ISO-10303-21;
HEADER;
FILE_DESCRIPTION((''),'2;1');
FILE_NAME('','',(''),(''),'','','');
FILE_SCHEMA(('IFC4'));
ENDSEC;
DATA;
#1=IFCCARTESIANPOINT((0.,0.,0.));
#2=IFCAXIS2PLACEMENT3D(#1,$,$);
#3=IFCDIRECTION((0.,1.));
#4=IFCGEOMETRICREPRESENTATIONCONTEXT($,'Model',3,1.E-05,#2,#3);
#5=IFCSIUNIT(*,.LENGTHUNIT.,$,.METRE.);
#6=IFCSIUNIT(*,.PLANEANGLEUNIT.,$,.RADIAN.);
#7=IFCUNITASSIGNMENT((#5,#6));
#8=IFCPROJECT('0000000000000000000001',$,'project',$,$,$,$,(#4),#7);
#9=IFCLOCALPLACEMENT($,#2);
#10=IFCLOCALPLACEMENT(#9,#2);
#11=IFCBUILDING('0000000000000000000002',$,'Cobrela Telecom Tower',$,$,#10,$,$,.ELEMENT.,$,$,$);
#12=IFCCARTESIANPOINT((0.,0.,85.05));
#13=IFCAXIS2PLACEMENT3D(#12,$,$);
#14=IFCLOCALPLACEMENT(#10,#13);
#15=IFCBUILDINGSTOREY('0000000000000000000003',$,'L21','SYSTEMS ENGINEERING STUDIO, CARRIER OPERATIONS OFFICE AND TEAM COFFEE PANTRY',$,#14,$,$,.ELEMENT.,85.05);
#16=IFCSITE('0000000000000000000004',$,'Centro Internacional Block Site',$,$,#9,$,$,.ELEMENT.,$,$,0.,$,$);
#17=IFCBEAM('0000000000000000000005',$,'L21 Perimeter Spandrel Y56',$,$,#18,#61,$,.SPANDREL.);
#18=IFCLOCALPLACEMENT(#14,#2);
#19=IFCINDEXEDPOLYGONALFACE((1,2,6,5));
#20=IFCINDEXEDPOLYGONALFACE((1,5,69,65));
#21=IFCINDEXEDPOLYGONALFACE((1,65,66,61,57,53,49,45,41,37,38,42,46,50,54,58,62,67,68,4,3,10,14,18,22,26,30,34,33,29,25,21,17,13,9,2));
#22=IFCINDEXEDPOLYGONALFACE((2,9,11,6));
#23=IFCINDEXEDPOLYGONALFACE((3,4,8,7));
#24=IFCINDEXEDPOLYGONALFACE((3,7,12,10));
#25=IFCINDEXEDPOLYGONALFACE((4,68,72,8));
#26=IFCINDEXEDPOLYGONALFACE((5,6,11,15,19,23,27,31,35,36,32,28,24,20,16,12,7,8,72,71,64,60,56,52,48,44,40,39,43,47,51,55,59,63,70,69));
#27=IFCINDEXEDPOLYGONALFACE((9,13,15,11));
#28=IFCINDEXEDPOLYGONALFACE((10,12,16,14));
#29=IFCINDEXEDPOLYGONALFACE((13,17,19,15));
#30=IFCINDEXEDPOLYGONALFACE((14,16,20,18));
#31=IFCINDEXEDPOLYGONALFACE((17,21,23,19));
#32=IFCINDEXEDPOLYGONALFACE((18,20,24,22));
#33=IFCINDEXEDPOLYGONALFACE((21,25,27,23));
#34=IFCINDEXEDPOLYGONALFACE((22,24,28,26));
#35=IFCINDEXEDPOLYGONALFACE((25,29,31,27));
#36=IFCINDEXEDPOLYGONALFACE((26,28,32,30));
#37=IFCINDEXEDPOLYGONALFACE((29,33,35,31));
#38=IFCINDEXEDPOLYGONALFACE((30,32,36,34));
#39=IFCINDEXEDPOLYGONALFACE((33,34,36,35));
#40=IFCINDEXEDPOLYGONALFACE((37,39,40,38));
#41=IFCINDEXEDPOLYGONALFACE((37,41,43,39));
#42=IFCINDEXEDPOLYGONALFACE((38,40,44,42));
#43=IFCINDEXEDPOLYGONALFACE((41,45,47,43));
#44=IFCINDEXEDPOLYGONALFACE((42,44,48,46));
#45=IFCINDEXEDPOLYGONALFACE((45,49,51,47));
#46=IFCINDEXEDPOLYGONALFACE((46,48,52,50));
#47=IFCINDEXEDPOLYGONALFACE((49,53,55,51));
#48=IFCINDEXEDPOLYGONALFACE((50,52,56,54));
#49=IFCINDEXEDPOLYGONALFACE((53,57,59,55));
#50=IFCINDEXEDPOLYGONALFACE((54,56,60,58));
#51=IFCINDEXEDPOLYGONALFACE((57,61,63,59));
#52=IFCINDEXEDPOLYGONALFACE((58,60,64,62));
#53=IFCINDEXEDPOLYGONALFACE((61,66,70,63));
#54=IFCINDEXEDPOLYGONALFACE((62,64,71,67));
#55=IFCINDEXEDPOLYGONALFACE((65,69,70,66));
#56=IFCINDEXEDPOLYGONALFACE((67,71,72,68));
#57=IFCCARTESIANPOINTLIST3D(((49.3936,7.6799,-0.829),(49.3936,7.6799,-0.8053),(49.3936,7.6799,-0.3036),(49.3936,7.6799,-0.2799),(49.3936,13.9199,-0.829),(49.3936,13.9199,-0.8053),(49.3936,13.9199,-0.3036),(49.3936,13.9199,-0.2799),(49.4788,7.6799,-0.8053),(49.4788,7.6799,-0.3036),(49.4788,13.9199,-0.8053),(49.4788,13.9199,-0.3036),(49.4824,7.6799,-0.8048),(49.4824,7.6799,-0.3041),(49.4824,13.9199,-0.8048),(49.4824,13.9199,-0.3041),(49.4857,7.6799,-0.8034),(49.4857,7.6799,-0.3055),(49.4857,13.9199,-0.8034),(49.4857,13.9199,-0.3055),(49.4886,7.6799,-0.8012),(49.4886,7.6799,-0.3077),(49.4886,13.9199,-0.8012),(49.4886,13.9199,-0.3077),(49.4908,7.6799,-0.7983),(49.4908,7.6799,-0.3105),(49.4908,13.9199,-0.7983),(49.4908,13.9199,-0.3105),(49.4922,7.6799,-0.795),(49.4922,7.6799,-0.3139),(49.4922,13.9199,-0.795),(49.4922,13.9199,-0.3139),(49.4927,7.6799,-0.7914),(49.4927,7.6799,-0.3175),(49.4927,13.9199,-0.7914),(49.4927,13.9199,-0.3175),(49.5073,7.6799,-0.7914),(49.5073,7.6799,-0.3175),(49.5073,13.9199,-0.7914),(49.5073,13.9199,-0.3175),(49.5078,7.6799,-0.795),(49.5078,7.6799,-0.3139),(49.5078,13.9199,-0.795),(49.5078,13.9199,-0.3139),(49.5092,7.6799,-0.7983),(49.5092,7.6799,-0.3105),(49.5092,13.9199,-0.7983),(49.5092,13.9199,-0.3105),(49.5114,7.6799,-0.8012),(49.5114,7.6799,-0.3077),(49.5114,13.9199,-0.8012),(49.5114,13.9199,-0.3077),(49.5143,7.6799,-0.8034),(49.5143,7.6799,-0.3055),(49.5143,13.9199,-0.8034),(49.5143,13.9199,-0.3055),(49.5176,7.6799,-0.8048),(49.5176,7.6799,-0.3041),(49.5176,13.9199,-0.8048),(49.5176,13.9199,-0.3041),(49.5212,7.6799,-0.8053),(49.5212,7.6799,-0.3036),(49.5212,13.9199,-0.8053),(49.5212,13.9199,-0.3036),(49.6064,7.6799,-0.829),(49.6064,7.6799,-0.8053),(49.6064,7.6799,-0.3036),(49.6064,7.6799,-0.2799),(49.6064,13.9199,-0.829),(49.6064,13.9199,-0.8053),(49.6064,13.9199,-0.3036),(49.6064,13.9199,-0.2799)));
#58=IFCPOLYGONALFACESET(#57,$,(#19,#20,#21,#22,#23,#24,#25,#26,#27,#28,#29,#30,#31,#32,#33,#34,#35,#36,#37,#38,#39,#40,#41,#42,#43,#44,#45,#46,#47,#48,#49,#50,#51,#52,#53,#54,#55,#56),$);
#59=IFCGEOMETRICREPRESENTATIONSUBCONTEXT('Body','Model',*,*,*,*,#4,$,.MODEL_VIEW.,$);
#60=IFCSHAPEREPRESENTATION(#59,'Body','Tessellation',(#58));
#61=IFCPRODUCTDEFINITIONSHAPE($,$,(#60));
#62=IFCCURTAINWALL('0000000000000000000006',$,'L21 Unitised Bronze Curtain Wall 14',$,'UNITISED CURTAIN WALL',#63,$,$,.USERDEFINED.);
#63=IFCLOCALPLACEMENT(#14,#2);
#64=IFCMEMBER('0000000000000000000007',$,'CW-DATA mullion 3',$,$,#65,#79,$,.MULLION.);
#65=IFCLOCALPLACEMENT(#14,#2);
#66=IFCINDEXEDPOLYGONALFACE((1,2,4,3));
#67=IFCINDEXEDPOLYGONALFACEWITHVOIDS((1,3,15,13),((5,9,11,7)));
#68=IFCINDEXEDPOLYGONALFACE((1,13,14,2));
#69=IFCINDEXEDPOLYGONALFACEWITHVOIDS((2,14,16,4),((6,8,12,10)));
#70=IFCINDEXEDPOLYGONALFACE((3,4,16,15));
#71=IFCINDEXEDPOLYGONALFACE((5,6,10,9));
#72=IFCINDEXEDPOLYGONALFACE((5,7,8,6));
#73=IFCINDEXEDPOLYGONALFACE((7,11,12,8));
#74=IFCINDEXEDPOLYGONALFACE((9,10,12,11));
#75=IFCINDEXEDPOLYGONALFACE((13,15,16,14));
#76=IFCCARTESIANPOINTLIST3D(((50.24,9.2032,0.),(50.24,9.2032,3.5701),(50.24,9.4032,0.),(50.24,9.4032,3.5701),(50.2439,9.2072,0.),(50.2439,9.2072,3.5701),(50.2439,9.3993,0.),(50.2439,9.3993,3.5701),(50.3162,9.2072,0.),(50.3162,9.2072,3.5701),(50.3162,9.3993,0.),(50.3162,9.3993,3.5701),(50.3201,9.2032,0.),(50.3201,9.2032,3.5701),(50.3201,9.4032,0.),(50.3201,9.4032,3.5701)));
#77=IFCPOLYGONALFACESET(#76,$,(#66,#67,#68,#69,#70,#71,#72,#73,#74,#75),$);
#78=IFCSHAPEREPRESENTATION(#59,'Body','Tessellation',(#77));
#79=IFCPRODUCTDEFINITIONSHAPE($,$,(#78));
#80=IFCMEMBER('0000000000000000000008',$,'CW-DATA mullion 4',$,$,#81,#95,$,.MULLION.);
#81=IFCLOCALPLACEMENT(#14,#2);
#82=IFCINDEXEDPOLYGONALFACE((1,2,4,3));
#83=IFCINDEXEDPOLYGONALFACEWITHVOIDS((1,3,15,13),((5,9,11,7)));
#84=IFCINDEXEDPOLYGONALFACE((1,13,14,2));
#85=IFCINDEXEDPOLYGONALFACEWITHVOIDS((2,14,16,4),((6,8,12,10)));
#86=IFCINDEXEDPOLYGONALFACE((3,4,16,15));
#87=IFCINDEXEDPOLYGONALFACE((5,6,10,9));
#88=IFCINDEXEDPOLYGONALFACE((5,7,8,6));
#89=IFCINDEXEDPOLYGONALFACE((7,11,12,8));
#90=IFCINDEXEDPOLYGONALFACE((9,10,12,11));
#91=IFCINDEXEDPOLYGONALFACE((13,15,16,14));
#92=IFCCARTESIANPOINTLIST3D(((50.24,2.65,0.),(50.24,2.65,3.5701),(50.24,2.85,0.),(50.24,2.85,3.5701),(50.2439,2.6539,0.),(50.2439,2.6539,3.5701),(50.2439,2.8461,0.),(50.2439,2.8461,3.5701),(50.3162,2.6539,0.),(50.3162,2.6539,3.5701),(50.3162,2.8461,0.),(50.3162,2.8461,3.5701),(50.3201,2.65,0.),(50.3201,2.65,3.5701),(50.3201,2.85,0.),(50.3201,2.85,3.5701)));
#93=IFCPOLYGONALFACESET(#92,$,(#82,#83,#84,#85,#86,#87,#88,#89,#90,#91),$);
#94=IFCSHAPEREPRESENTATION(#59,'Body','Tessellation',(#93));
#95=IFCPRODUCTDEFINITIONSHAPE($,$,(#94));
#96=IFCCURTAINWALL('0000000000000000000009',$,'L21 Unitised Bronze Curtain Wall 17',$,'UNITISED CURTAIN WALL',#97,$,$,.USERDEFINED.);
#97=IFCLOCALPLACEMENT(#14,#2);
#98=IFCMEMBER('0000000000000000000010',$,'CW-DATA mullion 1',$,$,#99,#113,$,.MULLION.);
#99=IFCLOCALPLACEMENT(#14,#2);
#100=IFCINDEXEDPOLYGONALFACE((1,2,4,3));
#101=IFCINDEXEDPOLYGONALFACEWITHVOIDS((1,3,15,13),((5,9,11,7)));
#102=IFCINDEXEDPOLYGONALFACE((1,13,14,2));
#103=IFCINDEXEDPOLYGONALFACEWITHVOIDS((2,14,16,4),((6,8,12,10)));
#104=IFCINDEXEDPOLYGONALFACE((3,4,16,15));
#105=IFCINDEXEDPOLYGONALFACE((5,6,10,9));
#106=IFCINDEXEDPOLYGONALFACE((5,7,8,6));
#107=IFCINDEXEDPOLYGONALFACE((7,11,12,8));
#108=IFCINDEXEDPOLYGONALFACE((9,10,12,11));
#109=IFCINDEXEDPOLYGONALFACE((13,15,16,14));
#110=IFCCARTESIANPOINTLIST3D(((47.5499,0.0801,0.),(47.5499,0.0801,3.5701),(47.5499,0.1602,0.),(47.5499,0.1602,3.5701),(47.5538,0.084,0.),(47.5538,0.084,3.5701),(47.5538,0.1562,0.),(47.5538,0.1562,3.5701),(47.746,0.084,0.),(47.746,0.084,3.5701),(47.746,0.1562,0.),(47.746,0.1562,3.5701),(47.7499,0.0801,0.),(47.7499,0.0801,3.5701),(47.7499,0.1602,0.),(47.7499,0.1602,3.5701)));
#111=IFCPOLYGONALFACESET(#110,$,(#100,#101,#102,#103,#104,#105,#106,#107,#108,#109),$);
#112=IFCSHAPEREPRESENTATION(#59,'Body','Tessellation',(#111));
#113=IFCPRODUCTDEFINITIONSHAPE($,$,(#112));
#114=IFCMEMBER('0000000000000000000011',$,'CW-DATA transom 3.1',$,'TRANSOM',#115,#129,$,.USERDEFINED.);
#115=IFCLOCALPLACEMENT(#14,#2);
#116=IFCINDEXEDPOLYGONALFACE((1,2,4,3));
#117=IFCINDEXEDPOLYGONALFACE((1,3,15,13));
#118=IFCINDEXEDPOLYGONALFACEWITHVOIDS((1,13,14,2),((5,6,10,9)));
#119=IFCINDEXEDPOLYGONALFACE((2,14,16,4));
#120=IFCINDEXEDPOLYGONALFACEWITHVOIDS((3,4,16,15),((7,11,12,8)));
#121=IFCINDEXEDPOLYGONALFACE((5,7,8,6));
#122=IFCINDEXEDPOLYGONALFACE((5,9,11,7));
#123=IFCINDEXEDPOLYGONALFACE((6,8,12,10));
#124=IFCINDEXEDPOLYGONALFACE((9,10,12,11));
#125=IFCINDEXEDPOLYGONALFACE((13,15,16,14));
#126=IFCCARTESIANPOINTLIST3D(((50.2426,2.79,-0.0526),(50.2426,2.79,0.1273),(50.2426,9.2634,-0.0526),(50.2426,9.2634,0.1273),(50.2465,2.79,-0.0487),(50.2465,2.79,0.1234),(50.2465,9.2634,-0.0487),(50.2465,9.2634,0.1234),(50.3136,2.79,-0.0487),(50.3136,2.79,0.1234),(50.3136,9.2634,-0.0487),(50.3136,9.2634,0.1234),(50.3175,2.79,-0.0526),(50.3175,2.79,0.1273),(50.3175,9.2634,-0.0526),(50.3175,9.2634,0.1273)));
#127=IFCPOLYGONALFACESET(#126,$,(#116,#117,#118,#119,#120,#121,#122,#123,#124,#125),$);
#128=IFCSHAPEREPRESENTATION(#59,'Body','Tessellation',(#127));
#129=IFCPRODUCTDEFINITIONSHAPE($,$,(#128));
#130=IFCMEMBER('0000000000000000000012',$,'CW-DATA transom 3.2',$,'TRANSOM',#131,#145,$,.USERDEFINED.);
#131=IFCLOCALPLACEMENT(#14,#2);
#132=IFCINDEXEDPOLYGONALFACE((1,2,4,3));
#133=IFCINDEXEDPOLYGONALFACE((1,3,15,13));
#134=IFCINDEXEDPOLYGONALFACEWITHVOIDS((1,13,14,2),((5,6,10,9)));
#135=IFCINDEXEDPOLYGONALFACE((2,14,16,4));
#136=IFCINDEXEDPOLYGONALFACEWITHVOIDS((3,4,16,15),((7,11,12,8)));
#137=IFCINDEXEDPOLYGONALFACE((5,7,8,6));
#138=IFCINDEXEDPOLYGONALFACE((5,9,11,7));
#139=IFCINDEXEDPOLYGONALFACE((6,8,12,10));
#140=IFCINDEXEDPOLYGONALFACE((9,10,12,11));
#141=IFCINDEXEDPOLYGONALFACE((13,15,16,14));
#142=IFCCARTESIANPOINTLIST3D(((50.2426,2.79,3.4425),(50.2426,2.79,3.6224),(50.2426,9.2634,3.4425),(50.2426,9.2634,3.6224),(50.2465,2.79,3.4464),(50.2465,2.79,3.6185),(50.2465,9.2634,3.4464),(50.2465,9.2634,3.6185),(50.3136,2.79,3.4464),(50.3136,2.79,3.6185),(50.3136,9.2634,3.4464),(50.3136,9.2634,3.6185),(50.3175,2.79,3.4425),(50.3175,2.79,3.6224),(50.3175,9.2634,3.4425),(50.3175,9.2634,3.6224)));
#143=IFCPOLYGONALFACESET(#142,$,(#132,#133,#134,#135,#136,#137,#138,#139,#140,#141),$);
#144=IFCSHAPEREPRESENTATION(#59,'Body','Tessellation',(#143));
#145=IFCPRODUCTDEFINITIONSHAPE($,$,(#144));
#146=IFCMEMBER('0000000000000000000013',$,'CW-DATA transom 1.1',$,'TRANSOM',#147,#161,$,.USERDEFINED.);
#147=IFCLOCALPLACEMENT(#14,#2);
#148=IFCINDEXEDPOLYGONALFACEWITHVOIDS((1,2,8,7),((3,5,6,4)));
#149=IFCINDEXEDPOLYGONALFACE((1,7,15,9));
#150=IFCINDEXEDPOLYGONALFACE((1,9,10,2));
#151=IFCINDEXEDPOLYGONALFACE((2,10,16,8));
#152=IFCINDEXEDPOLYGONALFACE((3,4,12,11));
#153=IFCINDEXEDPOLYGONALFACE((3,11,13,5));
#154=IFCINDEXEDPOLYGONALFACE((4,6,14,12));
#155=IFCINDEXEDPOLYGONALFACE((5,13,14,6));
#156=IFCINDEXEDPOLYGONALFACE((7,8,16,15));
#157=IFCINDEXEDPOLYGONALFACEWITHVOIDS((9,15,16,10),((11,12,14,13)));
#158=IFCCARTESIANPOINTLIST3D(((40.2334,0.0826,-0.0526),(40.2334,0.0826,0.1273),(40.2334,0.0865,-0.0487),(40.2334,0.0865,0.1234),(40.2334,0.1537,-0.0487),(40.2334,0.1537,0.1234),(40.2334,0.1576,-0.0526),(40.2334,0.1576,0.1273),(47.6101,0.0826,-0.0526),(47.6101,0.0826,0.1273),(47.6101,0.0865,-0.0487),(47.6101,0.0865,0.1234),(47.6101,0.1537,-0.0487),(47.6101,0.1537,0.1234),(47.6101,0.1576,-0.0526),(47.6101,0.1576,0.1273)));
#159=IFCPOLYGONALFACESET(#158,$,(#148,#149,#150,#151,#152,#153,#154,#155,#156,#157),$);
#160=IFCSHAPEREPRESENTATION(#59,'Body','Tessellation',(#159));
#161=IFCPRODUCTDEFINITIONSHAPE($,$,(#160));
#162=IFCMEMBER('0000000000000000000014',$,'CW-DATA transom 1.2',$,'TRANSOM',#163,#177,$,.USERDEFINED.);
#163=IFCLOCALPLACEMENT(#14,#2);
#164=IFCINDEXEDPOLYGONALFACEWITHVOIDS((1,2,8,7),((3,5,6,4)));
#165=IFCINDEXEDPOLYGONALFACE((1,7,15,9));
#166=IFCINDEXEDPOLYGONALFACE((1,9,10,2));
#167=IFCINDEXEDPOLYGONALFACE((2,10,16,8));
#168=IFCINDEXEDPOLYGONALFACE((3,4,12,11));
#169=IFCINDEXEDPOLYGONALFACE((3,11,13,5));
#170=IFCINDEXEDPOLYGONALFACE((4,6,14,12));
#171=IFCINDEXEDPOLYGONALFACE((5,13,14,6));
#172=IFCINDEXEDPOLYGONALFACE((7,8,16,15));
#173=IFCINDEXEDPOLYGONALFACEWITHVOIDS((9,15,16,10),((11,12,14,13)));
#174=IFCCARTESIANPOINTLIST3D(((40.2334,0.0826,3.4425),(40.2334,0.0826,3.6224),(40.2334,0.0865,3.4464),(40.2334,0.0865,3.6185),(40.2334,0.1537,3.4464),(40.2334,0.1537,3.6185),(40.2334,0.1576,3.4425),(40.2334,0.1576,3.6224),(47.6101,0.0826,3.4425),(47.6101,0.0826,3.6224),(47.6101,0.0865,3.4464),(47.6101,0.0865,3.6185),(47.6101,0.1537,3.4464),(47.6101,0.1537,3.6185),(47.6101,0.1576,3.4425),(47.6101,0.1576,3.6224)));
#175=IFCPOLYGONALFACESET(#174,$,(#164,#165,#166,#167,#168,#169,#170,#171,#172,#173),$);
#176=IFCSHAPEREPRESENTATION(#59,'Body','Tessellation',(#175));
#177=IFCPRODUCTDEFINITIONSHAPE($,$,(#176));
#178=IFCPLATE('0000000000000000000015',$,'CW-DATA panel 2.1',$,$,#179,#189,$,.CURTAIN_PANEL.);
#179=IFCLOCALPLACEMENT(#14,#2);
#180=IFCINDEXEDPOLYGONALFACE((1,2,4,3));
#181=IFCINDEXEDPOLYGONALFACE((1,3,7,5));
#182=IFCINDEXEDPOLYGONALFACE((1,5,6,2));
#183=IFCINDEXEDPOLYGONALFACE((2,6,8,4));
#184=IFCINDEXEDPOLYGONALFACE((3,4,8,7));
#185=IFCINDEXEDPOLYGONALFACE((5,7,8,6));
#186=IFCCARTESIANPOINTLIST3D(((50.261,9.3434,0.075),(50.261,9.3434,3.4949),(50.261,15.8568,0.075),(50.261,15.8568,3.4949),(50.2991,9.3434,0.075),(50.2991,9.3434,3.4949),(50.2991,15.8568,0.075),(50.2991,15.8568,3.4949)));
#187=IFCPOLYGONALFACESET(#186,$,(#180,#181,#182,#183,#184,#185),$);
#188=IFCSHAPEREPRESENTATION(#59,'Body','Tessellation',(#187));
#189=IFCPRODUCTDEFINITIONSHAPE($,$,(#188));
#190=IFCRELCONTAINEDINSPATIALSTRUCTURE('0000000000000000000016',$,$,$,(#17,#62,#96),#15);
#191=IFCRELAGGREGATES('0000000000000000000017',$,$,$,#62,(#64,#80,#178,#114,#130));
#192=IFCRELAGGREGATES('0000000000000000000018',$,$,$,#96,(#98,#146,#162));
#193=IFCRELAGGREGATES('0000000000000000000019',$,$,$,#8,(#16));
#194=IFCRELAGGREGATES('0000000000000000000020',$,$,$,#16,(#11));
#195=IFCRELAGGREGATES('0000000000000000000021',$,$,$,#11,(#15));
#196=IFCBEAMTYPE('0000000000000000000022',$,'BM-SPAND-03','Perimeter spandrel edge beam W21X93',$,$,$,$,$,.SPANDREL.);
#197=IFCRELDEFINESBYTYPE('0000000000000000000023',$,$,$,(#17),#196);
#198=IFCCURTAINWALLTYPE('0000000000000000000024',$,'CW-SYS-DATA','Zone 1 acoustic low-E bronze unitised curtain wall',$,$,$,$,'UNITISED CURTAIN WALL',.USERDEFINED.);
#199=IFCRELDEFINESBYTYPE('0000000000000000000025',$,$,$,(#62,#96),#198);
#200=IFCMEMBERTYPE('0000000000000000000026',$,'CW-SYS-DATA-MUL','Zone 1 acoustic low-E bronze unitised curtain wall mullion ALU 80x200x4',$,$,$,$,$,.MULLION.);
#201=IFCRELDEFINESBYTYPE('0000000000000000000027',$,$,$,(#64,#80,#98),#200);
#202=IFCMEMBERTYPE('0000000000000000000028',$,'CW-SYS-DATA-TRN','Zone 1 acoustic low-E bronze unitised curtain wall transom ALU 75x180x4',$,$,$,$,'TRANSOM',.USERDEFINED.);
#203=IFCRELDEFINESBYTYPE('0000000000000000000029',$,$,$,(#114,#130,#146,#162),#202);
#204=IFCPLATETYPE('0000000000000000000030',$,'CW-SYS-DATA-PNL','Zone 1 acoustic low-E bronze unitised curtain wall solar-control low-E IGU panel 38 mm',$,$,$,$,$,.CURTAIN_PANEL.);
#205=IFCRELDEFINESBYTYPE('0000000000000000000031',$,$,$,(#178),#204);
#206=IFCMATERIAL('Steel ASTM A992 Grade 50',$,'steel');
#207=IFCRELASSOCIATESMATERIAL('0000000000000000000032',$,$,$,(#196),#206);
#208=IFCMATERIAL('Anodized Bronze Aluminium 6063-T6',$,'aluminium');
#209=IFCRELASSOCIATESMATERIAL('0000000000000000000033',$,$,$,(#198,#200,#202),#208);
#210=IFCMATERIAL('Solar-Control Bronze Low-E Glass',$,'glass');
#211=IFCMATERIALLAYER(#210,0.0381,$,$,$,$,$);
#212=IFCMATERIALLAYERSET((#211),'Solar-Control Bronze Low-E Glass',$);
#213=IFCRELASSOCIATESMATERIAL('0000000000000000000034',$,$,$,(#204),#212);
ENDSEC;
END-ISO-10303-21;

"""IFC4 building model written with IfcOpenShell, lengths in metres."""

from ifc_helpers import new_model, si_unit, direction, frame, origin, origin_2d, place, context, subcontext, project, spatial, rectangle, hollow_rectangle, i_section, extrude, material, layer, layer_set, material_profile, profile_set, type_object, element, aggregate, save


model = new_model("IFC4")

# Units and contexts
model_context = context("Model", 3, precision=1e-05, world=origin(), true_north=direction((0.0, 1.0)))
body_context = subcontext(model_context, "Body", "Model", "MODEL_VIEW")
ifc_project = project(units=[si_unit("LENGTHUNIT", "METRE"), si_unit("PLANEANGLEUNIT", "RADIAN")], contexts=[model_context])

# Site, building, storey
site_placement = place(None, origin())
site = spatial("IfcSite", under=ifc_project, at=site_placement, Name="Centro Internacional Block Site", CompositionType="ELEMENT", RefElevation=0.0)
building_placement = place(site_placement, origin())
building = spatial("IfcBuilding", under=site, at=building_placement, Name="Cobrela Telecom Tower", CompositionType="ELEMENT")
storey_placement = place(building_placement, frame((0.0, 0.0, 85.05)))
storey = spatial("IfcBuildingStorey", under=building, at=storey_placement, Name="L21", Description="SYSTEMS ENGINEERING STUDIO, CARRIER OPERATIONS OFFICE AND TEAM COFFEE PANTRY", CompositionType="ELEMENT", Elevation=85.05)

# Shared definitions
ifc_material_1 = material(Name="Steel ASTM A992 Grade 50", Category="steel")

# Beam
ifc_material_profile_1 = material_profile(ifc_material_1, i_section(OverallWidth=0.2129, OverallDepth=0.5491, WebThickness=0.0146, FlangeThickness=0.0237, FilletRadius=0.0139, at=origin_2d()), Name="W21X93")
ifc_profile_set_1 = profile_set([ifc_material_profile_1], Name="Steel ASTM A992 Grade 50")
beam_type_1 = type_object("IfcBeamType", Name="BM-SPAND-03", Description="Perimeter spandrel edge beam W21X93", PredefinedType="SPANDREL", material=ifc_profile_set_1)
beam_1_placement = place(storey_placement, frame((49.5, 7.6799, -0.5544), z_axis=(0.0, 1.0, 0.0), x_axis=(-1.0, 0.0, 0.0)))
element("IfcBeam", 1, at=beam_1_placement, inside=storey, type_object=beam_type_1, Name="L21 Perimeter Spandrel Y56", PredefinedType="SPANDREL", context=body_context, shape_type="SweptSolid", body=[
    extrude(i_section(OverallWidth=0.2129, OverallDepth=0.5491, WebThickness=0.0146, FlangeThickness=0.0237, FilletRadius=0.0139, at=origin_2d()), origin(), (0.0, 0.0, 1.0), 6.24),
])

# Curtain wall, members
ifc_material_2 = material(Name="Anodized Bronze Aluminium 6063-T6", Category="aluminium")
curtain_wall_type = type_object("IfcCurtainWallType", Name="CW-SYS-DATA", Description="Zone 1 acoustic low-E bronze unitised curtain wall", ElementType="UNITISED CURTAIN WALL", PredefinedType="USERDEFINED", material=ifc_material_2)
curtain_wall_1_placement = place(storey_placement, origin())
curtain_wall_1 = element("IfcCurtainWall", 2, at=curtain_wall_1_placement, inside=storey, type_object=curtain_wall_type, Name="L21 Unitised Bronze Curtain Wall 14", ObjectType="UNITISED CURTAIN WALL", PredefinedType="USERDEFINED")
ifc_material_profile_2 = material_profile(ifc_material_2, hollow_rectangle(XDim=0.0801, YDim=0.2, WallThickness=0.0039, at=origin_2d()), Name="ALU 80x200x4")
ifc_profile_set_2 = profile_set([ifc_material_profile_2], Name="Anodized Bronze Aluminium 6063-T6")
member_type_1 = type_object("IfcMemberType", Name="CW-SYS-DATA-MUL", Description="Zone 1 acoustic low-E bronze unitised curtain wall mullion ALU 80x200x4", PredefinedType="MULLION", material=ifc_profile_set_2)
member_1_placement = place(storey_placement, frame((50.28, 9.3032, 0.0), z_axis=(0.0, 0.0, 1.0), x_axis=(1.0, 0.0, 0.0)))
member_1 = element("IfcMember", 3, at=member_1_placement, type_object=member_type_1, Name="CW-DATA mullion 3", PredefinedType="MULLION", context=body_context, shape_type="SweptSolid", body=[
    extrude(hollow_rectangle(XDim=0.0801, YDim=0.2, WallThickness=0.0039, at=origin_2d()), origin(), (0.0, 0.0, 1.0), 3.5701),
])
member_2_placement = place(storey_placement, frame((50.28, 2.75, 0.0), z_axis=(0.0, 0.0, 1.0), x_axis=(1.0, 0.0, 0.0)))
member_2 = element("IfcMember", 4, at=member_2_placement, type_object=member_type_1, Name="CW-DATA mullion 4", PredefinedType="MULLION", context=body_context, shape_type="SweptSolid", body=[
    extrude(hollow_rectangle(XDim=0.0801, YDim=0.2, WallThickness=0.0039, at=origin_2d()), origin(), (0.0, 0.0, 1.0), 3.5701),
])

# Curtain wall, member
curtain_wall_2_placement = place(storey_placement, origin())
curtain_wall_2 = element("IfcCurtainWall", 5, at=curtain_wall_2_placement, inside=storey, type_object=curtain_wall_type, Name="L21 Unitised Bronze Curtain Wall 17", ObjectType="UNITISED CURTAIN WALL", PredefinedType="USERDEFINED")
member_3_placement = place(storey_placement, frame((47.6499, 0.1201, 0.0), z_axis=(0.0, 0.0, 1.0), x_axis=(0.0, -1.0, 0.0)))
member_3 = element("IfcMember", 6, at=member_3_placement, type_object=member_type_1, Name="CW-DATA mullion 1", PredefinedType="MULLION", context=body_context, shape_type="SweptSolid", body=[
    extrude(hollow_rectangle(XDim=0.0801, YDim=0.2, WallThickness=0.0039, at=origin_2d()), origin(), (0.0, 0.0, 1.0), 3.5701),
])

# Members
ifc_material_profile_3 = material_profile(ifc_material_2, hollow_rectangle(XDim=0.075, YDim=0.1799, WallThickness=0.0039, at=origin_2d()), Name="ALU 75x180x4")
ifc_profile_set_3 = profile_set([ifc_material_profile_3], Name="Anodized Bronze Aluminium 6063-T6")
member_type_2 = type_object("IfcMemberType", Name="CW-SYS-DATA-TRN", Description="Zone 1 acoustic low-E bronze unitised curtain wall transom ALU 75x180x4", ElementType="TRANSOM", PredefinedType="USERDEFINED", material=ifc_profile_set_3)
member_4_placement = place(storey_placement, frame((50.28, 9.2634, 0.0374), z_axis=(0.0, -1.0, 0.0), x_axis=(1.0, 0.0, 0.0)))
member_4 = element("IfcMember", 7, at=member_4_placement, type_object=member_type_2, Name="CW-DATA transom 3.1", ObjectType="TRANSOM", PredefinedType="USERDEFINED", context=body_context, shape_type="SweptSolid", body=[
    extrude(hollow_rectangle(XDim=0.075, YDim=0.1799, WallThickness=0.0039, at=origin_2d()), origin(), (0.0, 0.0, 1.0), 6.4734),
])
member_5_placement = place(storey_placement, frame((50.28, 9.2634, 3.5325), z_axis=(0.0, -1.0, 0.0), x_axis=(1.0, 0.0, 0.0)))
member_5 = element("IfcMember", 8, at=member_5_placement, type_object=member_type_2, Name="CW-DATA transom 3.2", ObjectType="TRANSOM", PredefinedType="USERDEFINED", context=body_context, shape_type="SweptSolid", body=[
    extrude(hollow_rectangle(XDim=0.075, YDim=0.1799, WallThickness=0.0039, at=origin_2d()), origin(), (0.0, 0.0, 1.0), 6.4734),
])
member_6_placement = place(storey_placement, frame((47.6101, 0.1201, 0.0374), z_axis=(-1.0, 0.0, 0.0), x_axis=(0.0, -1.0, 0.0)))
member_6 = element("IfcMember", 9, at=member_6_placement, type_object=member_type_2, Name="CW-DATA transom 1.1", ObjectType="TRANSOM", PredefinedType="USERDEFINED", context=body_context, shape_type="SweptSolid", body=[
    extrude(hollow_rectangle(XDim=0.075, YDim=0.1799, WallThickness=0.0039, at=origin_2d()), origin(), (0.0, 0.0, 1.0), 7.3767),
])
member_7_placement = place(storey_placement, frame((47.6101, 0.1201, 3.5325), z_axis=(-1.0, 0.0, 0.0), x_axis=(0.0, -1.0, 0.0)))
member_7 = element("IfcMember", 10, at=member_7_placement, type_object=member_type_2, Name="CW-DATA transom 1.2", ObjectType="TRANSOM", PredefinedType="USERDEFINED", context=body_context, shape_type="SweptSolid", body=[
    extrude(hollow_rectangle(XDim=0.075, YDim=0.1799, WallThickness=0.0039, at=origin_2d()), origin(), (0.0, 0.0, 1.0), 7.3767),
])

# Plate
ifc_material_3 = material(Name="Solar-Control Bronze Low-E Glass", Category="glass")
ifc_layer_1 = layer(ifc_material_3, 0.0381)
ifc_layer_set_1 = layer_set([ifc_layer_1], Name="Solar-Control Bronze Low-E Glass")
plate_type = type_object("IfcPlateType", Name="CW-SYS-DATA-PNL", Description="Zone 1 acoustic low-E bronze unitised curtain wall solar-control low-E IGU panel 38 mm", PredefinedType="CURTAIN_PANEL", material=ifc_layer_set_1)
plate_1_placement = place(storey_placement, frame((50.28, 12.6001, 0.075), z_axis=(0.0, 0.0, 1.0), x_axis=(0.0, -1.0, 0.0)))
plate_1 = element("IfcPlate", 11, at=plate_1_placement, type_object=plate_type, Name="CW-DATA panel 2.1", PredefinedType="CURTAIN_PANEL", context=body_context, shape_type="SweptSolid", body=[
    extrude(rectangle(XDim=6.5134, YDim=0.0381, at=origin_2d()), origin(), (0.0, 0.0, 1.0), 3.4199),
])
aggregate(curtain_wall_1, [member_1, member_2, plate_1, member_4, member_5])
aggregate(curtain_wall_2, [member_3, member_6, member_7])

save(model, "model.ifc")
